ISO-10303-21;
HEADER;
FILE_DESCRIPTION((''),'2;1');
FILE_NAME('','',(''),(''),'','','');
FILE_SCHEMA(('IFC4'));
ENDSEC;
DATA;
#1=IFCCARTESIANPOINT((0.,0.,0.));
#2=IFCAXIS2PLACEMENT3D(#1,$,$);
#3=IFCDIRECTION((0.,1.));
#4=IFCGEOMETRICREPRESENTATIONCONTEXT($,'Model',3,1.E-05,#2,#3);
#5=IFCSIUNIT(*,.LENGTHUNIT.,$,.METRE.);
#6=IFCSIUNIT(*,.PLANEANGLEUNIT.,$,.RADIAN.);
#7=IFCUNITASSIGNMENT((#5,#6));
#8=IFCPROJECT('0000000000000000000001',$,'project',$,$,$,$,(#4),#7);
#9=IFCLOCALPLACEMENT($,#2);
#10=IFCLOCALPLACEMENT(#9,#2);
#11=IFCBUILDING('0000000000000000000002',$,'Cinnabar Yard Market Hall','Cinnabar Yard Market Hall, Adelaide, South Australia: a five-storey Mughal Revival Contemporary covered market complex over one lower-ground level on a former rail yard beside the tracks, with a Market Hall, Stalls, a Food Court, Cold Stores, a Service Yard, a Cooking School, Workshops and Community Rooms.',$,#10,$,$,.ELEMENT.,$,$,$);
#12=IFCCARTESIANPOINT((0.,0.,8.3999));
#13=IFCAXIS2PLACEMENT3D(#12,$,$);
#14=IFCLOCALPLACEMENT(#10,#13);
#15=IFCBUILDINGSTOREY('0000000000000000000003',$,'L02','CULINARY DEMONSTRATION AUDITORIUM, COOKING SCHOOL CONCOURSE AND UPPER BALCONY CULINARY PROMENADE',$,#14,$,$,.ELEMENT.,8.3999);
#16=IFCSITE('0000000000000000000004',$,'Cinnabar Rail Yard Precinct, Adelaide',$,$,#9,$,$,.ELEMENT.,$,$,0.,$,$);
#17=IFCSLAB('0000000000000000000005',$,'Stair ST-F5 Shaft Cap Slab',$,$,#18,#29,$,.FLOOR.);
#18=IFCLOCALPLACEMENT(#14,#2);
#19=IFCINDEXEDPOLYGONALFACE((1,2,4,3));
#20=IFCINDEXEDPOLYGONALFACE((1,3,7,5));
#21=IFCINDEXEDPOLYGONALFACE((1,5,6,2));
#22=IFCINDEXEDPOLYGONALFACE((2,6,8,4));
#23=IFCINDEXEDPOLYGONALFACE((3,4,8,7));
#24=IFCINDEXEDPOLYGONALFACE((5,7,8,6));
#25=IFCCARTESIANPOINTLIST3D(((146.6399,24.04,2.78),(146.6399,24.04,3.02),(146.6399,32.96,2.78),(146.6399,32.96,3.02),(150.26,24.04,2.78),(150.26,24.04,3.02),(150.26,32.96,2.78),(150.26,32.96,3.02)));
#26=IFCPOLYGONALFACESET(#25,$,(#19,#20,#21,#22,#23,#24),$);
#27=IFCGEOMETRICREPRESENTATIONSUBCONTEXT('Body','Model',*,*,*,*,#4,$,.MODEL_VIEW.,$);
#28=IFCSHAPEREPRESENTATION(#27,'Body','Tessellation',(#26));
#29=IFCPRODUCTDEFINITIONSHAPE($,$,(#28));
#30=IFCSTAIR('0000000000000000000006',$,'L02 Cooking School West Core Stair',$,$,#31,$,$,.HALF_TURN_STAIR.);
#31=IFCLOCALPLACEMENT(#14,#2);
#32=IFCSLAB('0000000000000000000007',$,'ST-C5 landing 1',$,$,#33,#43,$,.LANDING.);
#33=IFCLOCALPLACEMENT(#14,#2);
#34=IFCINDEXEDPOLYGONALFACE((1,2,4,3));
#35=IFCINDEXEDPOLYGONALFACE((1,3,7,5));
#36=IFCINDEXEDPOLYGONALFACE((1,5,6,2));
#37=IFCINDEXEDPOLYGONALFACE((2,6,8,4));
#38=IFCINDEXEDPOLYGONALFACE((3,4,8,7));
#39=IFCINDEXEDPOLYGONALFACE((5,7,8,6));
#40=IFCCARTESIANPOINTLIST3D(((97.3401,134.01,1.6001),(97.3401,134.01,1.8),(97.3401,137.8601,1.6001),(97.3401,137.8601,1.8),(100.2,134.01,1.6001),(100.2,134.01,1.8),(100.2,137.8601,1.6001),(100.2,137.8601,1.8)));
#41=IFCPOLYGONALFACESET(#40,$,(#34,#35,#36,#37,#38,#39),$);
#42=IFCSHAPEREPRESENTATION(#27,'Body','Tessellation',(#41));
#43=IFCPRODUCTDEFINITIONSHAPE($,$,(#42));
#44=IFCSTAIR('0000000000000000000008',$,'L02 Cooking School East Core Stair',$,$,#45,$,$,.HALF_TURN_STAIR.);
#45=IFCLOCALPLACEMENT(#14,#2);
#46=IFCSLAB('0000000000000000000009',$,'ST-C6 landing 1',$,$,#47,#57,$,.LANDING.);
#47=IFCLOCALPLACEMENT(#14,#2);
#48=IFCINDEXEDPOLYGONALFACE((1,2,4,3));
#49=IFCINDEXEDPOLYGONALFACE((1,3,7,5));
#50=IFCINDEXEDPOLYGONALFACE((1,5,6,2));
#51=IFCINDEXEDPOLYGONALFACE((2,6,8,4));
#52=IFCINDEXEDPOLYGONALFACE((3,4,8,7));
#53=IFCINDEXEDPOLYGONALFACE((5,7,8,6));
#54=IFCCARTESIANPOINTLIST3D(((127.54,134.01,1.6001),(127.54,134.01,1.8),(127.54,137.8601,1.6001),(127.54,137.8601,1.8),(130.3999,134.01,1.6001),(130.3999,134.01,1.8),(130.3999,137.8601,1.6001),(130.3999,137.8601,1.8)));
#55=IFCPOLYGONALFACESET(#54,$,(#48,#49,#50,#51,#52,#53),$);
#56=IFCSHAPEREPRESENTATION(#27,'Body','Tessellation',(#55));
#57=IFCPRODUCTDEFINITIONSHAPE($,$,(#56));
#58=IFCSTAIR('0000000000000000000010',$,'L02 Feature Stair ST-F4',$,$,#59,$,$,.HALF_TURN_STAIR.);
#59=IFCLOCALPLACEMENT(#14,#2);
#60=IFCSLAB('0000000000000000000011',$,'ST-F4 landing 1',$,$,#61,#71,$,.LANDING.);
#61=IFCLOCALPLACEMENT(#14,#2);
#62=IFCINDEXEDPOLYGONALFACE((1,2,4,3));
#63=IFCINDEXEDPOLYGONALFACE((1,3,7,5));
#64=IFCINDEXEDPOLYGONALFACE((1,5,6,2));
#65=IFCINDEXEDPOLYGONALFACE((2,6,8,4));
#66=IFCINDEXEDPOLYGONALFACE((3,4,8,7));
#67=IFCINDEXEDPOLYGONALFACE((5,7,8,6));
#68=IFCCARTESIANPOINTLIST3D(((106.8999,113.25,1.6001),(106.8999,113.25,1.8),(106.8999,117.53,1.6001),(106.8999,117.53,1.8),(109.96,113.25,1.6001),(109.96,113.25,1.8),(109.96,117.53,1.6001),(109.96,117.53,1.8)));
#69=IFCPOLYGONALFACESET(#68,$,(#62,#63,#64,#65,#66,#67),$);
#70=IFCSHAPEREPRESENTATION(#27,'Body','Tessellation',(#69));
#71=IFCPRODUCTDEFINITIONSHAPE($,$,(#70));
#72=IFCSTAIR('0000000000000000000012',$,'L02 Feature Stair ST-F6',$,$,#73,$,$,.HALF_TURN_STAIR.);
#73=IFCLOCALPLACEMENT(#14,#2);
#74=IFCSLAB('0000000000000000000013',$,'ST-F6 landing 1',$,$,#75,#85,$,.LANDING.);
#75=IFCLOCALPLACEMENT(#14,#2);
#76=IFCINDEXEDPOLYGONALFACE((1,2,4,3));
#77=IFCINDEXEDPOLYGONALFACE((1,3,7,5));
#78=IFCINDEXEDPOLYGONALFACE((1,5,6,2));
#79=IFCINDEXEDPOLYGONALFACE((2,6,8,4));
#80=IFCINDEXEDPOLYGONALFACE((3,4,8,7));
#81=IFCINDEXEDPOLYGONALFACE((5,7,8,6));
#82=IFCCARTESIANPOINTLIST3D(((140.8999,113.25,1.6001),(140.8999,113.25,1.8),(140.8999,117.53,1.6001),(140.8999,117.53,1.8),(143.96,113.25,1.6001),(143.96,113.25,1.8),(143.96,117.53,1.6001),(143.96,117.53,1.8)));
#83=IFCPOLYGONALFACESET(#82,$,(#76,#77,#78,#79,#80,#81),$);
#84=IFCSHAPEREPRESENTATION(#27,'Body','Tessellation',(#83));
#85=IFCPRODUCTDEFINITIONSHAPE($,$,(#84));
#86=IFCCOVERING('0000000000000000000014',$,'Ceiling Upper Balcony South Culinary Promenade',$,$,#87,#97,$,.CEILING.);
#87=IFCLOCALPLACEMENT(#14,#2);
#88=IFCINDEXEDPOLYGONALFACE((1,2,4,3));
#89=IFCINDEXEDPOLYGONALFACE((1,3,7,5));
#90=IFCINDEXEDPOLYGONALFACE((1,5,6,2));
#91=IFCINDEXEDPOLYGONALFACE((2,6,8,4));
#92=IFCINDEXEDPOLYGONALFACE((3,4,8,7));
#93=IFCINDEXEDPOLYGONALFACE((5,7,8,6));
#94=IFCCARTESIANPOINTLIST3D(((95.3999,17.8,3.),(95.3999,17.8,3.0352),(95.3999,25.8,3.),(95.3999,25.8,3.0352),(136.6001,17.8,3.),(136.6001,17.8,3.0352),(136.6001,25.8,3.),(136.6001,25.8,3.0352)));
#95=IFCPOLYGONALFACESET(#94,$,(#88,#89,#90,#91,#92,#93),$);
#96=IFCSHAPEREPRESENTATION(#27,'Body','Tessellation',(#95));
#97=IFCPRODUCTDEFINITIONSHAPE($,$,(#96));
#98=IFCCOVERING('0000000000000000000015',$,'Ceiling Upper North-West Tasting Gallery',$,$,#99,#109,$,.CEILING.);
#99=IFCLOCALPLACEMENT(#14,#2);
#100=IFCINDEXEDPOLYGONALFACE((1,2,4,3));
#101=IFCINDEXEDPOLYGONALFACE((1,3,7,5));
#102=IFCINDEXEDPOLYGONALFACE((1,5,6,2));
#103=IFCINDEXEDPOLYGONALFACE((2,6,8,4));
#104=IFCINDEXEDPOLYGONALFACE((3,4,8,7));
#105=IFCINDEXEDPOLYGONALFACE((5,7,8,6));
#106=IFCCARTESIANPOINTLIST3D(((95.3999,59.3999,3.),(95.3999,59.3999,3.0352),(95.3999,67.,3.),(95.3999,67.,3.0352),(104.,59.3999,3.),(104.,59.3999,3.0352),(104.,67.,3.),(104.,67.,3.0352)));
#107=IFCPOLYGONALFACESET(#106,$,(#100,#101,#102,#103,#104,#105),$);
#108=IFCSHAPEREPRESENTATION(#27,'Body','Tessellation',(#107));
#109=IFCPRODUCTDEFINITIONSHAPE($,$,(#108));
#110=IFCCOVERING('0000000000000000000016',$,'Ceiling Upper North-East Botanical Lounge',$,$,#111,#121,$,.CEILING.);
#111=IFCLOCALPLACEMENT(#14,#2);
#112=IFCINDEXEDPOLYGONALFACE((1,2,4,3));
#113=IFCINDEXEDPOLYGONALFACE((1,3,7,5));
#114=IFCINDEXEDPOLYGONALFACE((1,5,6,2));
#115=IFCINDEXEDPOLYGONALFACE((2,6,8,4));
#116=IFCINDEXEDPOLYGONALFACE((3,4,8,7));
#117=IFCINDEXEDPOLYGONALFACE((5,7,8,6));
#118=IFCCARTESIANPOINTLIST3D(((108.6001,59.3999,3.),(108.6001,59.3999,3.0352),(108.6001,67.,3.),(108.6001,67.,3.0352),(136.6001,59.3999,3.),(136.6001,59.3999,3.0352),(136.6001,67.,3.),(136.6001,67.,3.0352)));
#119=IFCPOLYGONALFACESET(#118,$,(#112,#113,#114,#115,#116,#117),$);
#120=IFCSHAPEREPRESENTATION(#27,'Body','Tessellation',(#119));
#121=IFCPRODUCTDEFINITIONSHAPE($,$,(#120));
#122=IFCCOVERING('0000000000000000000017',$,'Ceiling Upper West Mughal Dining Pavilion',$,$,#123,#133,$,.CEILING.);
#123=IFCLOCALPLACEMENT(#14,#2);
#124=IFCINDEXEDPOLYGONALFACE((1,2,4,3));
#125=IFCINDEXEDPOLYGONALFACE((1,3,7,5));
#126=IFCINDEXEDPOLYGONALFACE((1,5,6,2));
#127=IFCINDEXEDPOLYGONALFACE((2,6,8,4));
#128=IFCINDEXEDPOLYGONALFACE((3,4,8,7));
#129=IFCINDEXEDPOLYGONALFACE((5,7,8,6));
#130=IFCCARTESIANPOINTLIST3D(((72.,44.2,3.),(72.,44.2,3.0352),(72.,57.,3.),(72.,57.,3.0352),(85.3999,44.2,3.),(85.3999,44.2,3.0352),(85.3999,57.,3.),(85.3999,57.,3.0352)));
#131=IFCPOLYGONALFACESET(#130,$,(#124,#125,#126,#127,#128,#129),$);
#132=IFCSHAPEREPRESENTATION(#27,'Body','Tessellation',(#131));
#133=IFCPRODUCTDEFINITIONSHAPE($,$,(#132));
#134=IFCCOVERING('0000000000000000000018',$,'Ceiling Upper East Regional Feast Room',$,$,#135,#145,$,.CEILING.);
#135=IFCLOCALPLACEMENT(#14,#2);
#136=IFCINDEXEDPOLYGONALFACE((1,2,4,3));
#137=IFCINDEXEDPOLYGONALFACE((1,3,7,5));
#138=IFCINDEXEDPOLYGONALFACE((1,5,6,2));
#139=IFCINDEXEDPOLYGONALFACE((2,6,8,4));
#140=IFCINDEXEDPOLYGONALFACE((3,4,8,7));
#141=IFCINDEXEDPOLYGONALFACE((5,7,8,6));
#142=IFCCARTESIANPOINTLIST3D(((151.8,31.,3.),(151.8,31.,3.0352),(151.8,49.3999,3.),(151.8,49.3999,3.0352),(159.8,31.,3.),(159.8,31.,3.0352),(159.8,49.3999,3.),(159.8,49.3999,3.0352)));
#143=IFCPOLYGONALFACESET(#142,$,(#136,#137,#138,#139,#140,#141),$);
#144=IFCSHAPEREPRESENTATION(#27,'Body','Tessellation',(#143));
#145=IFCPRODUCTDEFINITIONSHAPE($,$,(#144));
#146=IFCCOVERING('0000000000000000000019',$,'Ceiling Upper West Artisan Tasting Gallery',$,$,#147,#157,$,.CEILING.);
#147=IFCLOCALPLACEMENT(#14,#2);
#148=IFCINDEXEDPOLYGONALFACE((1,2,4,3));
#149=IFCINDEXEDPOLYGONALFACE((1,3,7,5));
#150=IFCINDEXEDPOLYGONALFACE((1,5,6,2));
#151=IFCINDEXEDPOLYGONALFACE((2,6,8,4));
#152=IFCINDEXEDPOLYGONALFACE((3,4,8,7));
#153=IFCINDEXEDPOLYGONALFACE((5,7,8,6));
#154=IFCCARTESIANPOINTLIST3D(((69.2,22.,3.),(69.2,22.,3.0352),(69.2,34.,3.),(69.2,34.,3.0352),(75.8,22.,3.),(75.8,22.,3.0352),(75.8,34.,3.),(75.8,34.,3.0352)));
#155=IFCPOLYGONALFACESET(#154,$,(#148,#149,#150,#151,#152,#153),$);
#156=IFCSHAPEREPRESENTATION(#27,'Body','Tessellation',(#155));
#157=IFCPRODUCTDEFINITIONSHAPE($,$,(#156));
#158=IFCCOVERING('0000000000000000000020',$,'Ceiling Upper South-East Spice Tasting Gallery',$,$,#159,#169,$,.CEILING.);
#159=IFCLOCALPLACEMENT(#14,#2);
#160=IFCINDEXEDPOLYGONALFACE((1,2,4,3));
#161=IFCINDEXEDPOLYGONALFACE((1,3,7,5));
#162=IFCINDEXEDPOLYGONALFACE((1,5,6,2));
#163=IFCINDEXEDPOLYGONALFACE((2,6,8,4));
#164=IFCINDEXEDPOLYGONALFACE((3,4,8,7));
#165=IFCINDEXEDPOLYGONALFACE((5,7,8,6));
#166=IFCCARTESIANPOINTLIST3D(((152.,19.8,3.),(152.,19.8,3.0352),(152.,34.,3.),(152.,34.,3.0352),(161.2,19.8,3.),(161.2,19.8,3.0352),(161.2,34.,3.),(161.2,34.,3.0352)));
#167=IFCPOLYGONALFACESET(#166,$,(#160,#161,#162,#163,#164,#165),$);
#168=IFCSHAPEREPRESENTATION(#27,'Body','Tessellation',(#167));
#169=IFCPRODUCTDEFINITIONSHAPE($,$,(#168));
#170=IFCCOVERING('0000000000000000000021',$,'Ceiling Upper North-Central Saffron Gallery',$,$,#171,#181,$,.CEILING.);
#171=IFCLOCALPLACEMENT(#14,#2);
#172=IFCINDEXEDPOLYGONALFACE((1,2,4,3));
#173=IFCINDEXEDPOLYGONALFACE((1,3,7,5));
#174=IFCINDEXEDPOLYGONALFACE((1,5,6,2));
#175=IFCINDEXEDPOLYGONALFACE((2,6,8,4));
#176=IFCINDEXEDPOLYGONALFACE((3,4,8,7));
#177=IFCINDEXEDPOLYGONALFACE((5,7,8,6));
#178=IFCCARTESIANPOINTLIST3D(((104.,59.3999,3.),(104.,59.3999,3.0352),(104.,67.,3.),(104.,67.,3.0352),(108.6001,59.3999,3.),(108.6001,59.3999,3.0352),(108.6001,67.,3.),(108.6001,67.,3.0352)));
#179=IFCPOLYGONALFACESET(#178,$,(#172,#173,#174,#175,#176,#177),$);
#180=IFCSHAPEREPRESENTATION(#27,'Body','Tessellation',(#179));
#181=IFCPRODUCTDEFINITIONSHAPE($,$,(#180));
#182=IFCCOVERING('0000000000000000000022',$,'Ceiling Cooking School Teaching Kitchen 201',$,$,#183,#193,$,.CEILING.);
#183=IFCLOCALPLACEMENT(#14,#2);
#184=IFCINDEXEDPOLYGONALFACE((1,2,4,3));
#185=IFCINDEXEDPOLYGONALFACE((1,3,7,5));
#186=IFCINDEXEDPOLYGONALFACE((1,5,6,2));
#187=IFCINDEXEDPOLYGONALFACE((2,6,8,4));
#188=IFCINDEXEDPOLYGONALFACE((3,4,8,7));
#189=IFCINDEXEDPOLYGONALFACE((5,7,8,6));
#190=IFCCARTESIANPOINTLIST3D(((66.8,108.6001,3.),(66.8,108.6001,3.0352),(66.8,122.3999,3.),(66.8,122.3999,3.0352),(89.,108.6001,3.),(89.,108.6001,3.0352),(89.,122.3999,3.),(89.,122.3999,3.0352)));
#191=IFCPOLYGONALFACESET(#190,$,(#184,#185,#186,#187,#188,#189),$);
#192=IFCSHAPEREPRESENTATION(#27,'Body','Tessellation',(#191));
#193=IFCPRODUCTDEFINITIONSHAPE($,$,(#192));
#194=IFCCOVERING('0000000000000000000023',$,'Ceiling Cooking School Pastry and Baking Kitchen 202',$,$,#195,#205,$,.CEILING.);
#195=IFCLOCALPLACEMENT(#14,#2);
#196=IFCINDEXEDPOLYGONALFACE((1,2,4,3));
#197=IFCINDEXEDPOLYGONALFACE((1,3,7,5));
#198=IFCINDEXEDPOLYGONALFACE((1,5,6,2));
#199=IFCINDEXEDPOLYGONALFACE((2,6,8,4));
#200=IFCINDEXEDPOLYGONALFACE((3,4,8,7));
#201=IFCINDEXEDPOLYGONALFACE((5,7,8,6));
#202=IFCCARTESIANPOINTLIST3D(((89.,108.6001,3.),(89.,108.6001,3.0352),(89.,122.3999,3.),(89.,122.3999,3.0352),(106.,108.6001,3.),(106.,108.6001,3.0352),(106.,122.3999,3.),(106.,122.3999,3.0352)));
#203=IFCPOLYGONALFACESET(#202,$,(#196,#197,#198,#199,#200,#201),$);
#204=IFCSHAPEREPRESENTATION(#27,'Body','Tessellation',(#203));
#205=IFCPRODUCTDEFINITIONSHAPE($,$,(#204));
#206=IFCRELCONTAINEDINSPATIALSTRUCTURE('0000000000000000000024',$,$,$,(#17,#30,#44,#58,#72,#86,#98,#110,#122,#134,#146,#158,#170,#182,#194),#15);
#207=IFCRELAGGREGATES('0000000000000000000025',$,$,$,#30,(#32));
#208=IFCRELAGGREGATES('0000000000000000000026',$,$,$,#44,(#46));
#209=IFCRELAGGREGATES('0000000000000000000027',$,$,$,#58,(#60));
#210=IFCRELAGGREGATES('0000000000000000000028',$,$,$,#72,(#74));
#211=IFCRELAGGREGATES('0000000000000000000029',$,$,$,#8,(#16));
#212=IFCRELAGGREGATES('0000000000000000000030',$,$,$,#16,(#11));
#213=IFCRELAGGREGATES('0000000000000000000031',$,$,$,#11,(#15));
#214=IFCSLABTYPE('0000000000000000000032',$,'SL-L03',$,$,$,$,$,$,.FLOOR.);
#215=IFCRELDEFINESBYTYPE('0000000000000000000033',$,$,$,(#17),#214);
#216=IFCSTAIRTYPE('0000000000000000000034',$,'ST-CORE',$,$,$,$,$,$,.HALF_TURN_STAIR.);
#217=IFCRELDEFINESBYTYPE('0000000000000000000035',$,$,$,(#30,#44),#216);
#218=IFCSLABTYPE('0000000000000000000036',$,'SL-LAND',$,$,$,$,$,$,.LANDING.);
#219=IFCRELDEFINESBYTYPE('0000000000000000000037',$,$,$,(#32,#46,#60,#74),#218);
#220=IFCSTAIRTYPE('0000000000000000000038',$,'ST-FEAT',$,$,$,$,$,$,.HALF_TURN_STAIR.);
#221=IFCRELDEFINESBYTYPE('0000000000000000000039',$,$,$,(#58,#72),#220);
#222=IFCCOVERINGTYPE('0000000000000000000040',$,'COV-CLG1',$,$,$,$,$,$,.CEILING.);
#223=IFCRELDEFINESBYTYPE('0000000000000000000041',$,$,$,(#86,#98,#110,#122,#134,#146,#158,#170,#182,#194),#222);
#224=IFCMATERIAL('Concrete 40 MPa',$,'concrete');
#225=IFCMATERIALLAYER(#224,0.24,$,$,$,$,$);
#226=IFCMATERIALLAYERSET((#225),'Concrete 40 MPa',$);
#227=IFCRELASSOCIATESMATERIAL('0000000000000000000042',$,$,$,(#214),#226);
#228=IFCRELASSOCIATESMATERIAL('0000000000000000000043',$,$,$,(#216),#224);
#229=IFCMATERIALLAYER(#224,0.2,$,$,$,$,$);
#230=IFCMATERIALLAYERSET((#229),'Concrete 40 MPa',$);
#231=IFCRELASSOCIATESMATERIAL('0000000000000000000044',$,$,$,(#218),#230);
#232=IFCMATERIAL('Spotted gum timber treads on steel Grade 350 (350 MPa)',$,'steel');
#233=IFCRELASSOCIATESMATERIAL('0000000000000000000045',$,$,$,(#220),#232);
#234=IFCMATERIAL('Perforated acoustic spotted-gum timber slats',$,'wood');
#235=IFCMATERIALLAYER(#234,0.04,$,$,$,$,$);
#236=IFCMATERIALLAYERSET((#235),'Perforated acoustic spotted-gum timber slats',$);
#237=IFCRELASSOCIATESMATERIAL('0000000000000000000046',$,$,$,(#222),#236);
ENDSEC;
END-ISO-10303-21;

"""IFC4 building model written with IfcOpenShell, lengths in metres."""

from ifc_helpers import new_model, si_unit, direction, frame, origin, place, context, subcontext, project, spatial, polyline, outline, extrude, material, layer, layer_set, type_object, element, aggregate, save


model = new_model("IFC4")

# Units and contexts
model_context = context("Model", 3, precision=1e-05, world=origin(), true_north=direction((0.0, 1.0)))
body_context = subcontext(model_context, "Body", "Model", "MODEL_VIEW")
ifc_project = project(units=[si_unit("LENGTHUNIT", "METRE"), si_unit("PLANEANGLEUNIT", "RADIAN")], contexts=[model_context])

# Site, building, storey
site_placement = place(None, origin())
site = spatial("IfcSite", under=ifc_project, at=site_placement, Name="Cinnabar Rail Yard Precinct, Adelaide", CompositionType="ELEMENT", RefElevation=0.0)
building_placement = place(site_placement, origin())
building = spatial("IfcBuilding", under=site, at=building_placement, Name="Cinnabar Yard Market Hall", Description="Cinnabar Yard Market Hall, Adelaide, South Australia: a five-storey Mughal Revival Contemporary covered market complex over one lower-ground level on a former rail yard beside the tracks, with a Market Hall, Stalls, a Food Court, Cold Stores, a Service Yard, a Cooking School, Workshops and Community Rooms.", CompositionType="ELEMENT")
storey_placement = place(building_placement, frame((0.0, 0.0, 8.3999)))
storey = spatial("IfcBuildingStorey", under=building, at=storey_placement, Name="L02", Description="CULINARY DEMONSTRATION AUDITORIUM, COOKING SCHOOL CONCOURSE AND UPPER BALCONY CULINARY PROMENADE", CompositionType="ELEMENT", Elevation=8.3999)

# Slab
ifc_material_1 = material(Name="Concrete 40 MPa", Category="concrete")
ifc_layer_1 = layer(ifc_material_1, 0.24)
ifc_layer_set_1 = layer_set([ifc_layer_1], Name="Concrete 40 MPa")
slab_type_1 = type_object("IfcSlabType", Name="SL-L03", PredefinedType="FLOOR", material=ifc_layer_set_1)
slab_1_placement = place(storey_placement, frame((0.0, 0.0, 2.78)))
element("IfcSlab", 1, at=slab_1_placement, inside=storey, type_object=slab_type_1, Name="Stair ST-F5 Shaft Cap Slab", PredefinedType="FLOOR", context=body_context, shape_type="SweptSolid", body=[
    extrude(outline(polyline([(146.6399, 24.04), (150.26, 24.04), (150.26, 32.96), (146.6399, 32.96), (146.6399, 24.04)])), origin(), (0.0, 0.0, 1.0), 0.24),
])

# Stairs, slabs
stair_type_1 = type_object("IfcStairType", Name="ST-CORE", PredefinedType="HALF_TURN_STAIR", material=ifc_material_1)
stair_1_placement = place(storey_placement, origin())
stair_1 = element("IfcStair", 2, at=stair_1_placement, inside=storey, type_object=stair_type_1, Name="L02 Cooking School West Core Stair", PredefinedType="HALF_TURN_STAIR")
ifc_layer_2 = layer(ifc_material_1, 0.2)
ifc_layer_set_2 = layer_set([ifc_layer_2], Name="Concrete 40 MPa")
slab_type_2 = type_object("IfcSlabType", Name="SL-LAND", PredefinedType="LANDING", material=ifc_layer_set_2)
slab_2_placement = place(storey_placement, frame((0.0, 0.0, 1.6001)))
slab_2 = element("IfcSlab", 3, at=slab_2_placement, type_object=slab_type_2, Name="ST-C5 landing 1", PredefinedType="LANDING", context=body_context, shape_type="SweptSolid", body=[
    extrude(outline(polyline([(100.2, 134.01), (100.2, 137.8601), (97.3401, 137.8601), (97.3401, 134.01), (100.2, 134.01)])), origin(), (0.0, 0.0, 1.0), 0.2),
])
aggregate(stair_1, [slab_2])
stair_2_placement = place(storey_placement, origin())
stair_2 = element("IfcStair", 4, at=stair_2_placement, inside=storey, type_object=stair_type_1, Name="L02 Cooking School East Core Stair", PredefinedType="HALF_TURN_STAIR")
slab_3_placement = place(storey_placement, frame((0.0, 0.0, 1.6001)))
slab_3 = element("IfcSlab", 5, at=slab_3_placement, type_object=slab_type_2, Name="ST-C6 landing 1", PredefinedType="LANDING", context=body_context, shape_type="SweptSolid", body=[
    extrude(outline(polyline([(130.3999, 134.01), (130.3999, 137.8601), (127.54, 137.8601), (127.54, 134.01), (130.3999, 134.01)])), origin(), (0.0, 0.0, 1.0), 0.2),
])
aggregate(stair_2, [slab_3])
ifc_material_2 = material(Name="Spotted gum timber treads on steel Grade 350 (350 MPa)", Category="steel")
stair_type_2 = type_object("IfcStairType", Name="ST-FEAT", PredefinedType="HALF_TURN_STAIR", material=ifc_material_2)
stair_3_placement = place(storey_placement, origin())
stair_3 = element("IfcStair", 6, at=stair_3_placement, inside=storey, type_object=stair_type_2, Name="L02 Feature Stair ST-F4", PredefinedType="HALF_TURN_STAIR")
slab_4_placement = place(storey_placement, frame((0.0, 0.0, 1.6001)))
slab_4 = element("IfcSlab", 7, at=slab_4_placement, type_object=slab_type_2, Name="ST-F4 landing 1", PredefinedType="LANDING", context=body_context, shape_type="SweptSolid", body=[
    extrude(outline(polyline([(106.8999, 117.53), (106.8999, 113.25), (109.96, 113.25), (109.96, 117.53), (106.8999, 117.53)])), origin(), (0.0, 0.0, 1.0), 0.2),
])
aggregate(stair_3, [slab_4])
stair_4_placement = place(storey_placement, origin())
stair_4 = element("IfcStair", 8, at=stair_4_placement, inside=storey, type_object=stair_type_2, Name="L02 Feature Stair ST-F6", PredefinedType="HALF_TURN_STAIR")
slab_5_placement = place(storey_placement, frame((0.0, 0.0, 1.6001)))
slab_5 = element("IfcSlab", 9, at=slab_5_placement, type_object=slab_type_2, Name="ST-F6 landing 1", PredefinedType="LANDING", context=body_context, shape_type="SweptSolid", body=[
    extrude(outline(polyline([(140.8999, 117.53), (140.8999, 113.25), (143.96, 113.25), (143.96, 117.53), (140.8999, 117.53)])), origin(), (0.0, 0.0, 1.0), 0.2),
])
aggregate(stair_4, [slab_5])

# Coverings
ifc_material_3 = material(Name="Perforated acoustic spotted-gum timber slats", Category="wood")
ifc_layer_3 = layer(ifc_material_3, 0.04)
ifc_layer_set_3 = layer_set([ifc_layer_3], Name="Perforated acoustic spotted-gum timber slats")
covering_type_1 = type_object("IfcCoveringType", Name="COV-CLG1", PredefinedType="CEILING", material=ifc_layer_set_3)
covering_1_placement = place(storey_placement, frame((0.0, 0.0, 3.0)))
element("IfcCovering", 10, at=covering_1_placement, inside=storey, type_object=covering_type_1, Name="Ceiling Upper Balcony South Culinary Promenade", PredefinedType="CEILING", context=body_context, shape_type="SweptSolid", body=[
    extrude(outline(polyline([(95.3999, 17.8), (136.6001, 17.8), (136.6001, 25.8), (95.3999, 25.8), (95.3999, 17.8)])), origin(), (0.0, 0.0, 1.0), 0.0352),
])
covering_2_placement = place(storey_placement, frame((0.0, 0.0, 3.0)))
element("IfcCovering", 11, at=covering_2_placement, inside=storey, type_object=covering_type_1, Name="Ceiling Upper North-West Tasting Gallery", PredefinedType="CEILING", context=body_context, shape_type="SweptSolid", body=[
    extrude(outline(polyline([(95.3999, 59.3999), (104.0, 59.3999), (104.0, 67.0), (95.3999, 67.0), (95.3999, 59.3999)])), origin(), (0.0, 0.0, 1.0), 0.0352),
])
covering_3_placement = place(storey_placement, frame((0.0, 0.0, 3.0)))
element("IfcCovering", 12, at=covering_3_placement, inside=storey, type_object=covering_type_1, Name="Ceiling Upper North-East Botanical Lounge", PredefinedType="CEILING", context=body_context, shape_type="SweptSolid", body=[
    extrude(outline(polyline([(108.6001, 59.3999), (136.6001, 59.3999), (136.6001, 67.0), (108.6001, 67.0), (108.6001, 59.3999)])), origin(), (0.0, 0.0, 1.0), 0.0352),
])
covering_4_placement = place(storey_placement, frame((0.0, 0.0, 3.0)))
element("IfcCovering", 13, at=covering_4_placement, inside=storey, type_object=covering_type_1, Name="Ceiling Upper West Mughal Dining Pavilion", PredefinedType="CEILING", context=body_context, shape_type="SweptSolid", body=[
    extrude(outline(polyline([(72.0, 44.2), (85.3999, 44.2), (85.3999, 57.0), (72.0, 57.0), (72.0, 44.2)])), origin(), (0.0, 0.0, 1.0), 0.0352),
])
covering_5_placement = place(storey_placement, frame((0.0, 0.0, 3.0)))
element("IfcCovering", 14, at=covering_5_placement, inside=storey, type_object=covering_type_1, Name="Ceiling Upper East Regional Feast Room", PredefinedType="CEILING", context=body_context, shape_type="SweptSolid", body=[
    extrude(outline(polyline([(151.8, 31.0), (159.8, 31.0), (159.8, 49.3999), (151.8, 49.3999), (151.8, 31.0)])), origin(), (0.0, 0.0, 1.0), 0.0352),
])
covering_6_placement = place(storey_placement, frame((0.0, 0.0, 3.0)))
element("IfcCovering", 15, at=covering_6_placement, inside=storey, type_object=covering_type_1, Name="Ceiling Upper West Artisan Tasting Gallery", PredefinedType="CEILING", context=body_context, shape_type="SweptSolid", body=[
    extrude(outline(polyline([(69.2, 22.0), (75.8, 22.0), (75.8, 34.0), (69.2, 34.0), (69.2, 22.0)])), origin(), (0.0, 0.0, 1.0), 0.0352),
])
covering_7_placement = place(storey_placement, frame((0.0, 0.0, 3.0)))
element("IfcCovering", 16, at=covering_7_placement, inside=storey, type_object=covering_type_1, Name="Ceiling Upper South-East Spice Tasting Gallery", PredefinedType="CEILING", context=body_context, shape_type="SweptSolid", body=[
    extrude(outline(polyline([(152.0, 19.8), (161.2, 19.8), (161.2, 34.0), (152.0, 34.0), (152.0, 19.8)])), origin(), (0.0, 0.0, 1.0), 0.0352),
])
covering_8_placement = place(storey_placement, frame((0.0, 0.0, 3.0)))
element("IfcCovering", 17, at=covering_8_placement, inside=storey, type_object=covering_type_1, Name="Ceiling Upper North-Central Saffron Gallery", PredefinedType="CEILING", context=body_context, shape_type="SweptSolid", body=[
    extrude(outline(polyline([(104.0, 59.3999), (108.6001, 59.3999), (108.6001, 67.0), (104.0, 67.0), (104.0, 59.3999)])), origin(), (0.0, 0.0, 1.0), 0.0352),
])
covering_9_placement = place(storey_placement, frame((0.0, 0.0, 3.0)))
element("IfcCovering", 18, at=covering_9_placement, inside=storey, type_object=covering_type_1, Name="Ceiling Cooking School Teaching Kitchen 201", PredefinedType="CEILING", context=body_context, shape_type="SweptSolid", body=[
    extrude(outline(polyline([(66.8, 108.6001), (89.0, 108.6001), (89.0, 122.3999), (66.8, 122.3999), (66.8, 108.6001)])), origin(), (0.0, 0.0, 1.0), 0.0352),
])
covering_10_placement = place(storey_placement, frame((0.0, 0.0, 3.0)))
element("IfcCovering", 19, at=covering_10_placement, inside=storey, type_object=covering_type_1, Name="Ceiling Cooking School Pastry and Baking Kitchen 202", PredefinedType="CEILING", context=body_context, shape_type="SweptSolid", body=[
    extrude(outline(polyline([(89.0, 108.6001), (106.0, 108.6001), (106.0, 122.3999), (89.0, 122.3999), (89.0, 108.6001)])), origin(), (0.0, 0.0, 1.0), 0.0352),
])

save(model, "model.ifc")
